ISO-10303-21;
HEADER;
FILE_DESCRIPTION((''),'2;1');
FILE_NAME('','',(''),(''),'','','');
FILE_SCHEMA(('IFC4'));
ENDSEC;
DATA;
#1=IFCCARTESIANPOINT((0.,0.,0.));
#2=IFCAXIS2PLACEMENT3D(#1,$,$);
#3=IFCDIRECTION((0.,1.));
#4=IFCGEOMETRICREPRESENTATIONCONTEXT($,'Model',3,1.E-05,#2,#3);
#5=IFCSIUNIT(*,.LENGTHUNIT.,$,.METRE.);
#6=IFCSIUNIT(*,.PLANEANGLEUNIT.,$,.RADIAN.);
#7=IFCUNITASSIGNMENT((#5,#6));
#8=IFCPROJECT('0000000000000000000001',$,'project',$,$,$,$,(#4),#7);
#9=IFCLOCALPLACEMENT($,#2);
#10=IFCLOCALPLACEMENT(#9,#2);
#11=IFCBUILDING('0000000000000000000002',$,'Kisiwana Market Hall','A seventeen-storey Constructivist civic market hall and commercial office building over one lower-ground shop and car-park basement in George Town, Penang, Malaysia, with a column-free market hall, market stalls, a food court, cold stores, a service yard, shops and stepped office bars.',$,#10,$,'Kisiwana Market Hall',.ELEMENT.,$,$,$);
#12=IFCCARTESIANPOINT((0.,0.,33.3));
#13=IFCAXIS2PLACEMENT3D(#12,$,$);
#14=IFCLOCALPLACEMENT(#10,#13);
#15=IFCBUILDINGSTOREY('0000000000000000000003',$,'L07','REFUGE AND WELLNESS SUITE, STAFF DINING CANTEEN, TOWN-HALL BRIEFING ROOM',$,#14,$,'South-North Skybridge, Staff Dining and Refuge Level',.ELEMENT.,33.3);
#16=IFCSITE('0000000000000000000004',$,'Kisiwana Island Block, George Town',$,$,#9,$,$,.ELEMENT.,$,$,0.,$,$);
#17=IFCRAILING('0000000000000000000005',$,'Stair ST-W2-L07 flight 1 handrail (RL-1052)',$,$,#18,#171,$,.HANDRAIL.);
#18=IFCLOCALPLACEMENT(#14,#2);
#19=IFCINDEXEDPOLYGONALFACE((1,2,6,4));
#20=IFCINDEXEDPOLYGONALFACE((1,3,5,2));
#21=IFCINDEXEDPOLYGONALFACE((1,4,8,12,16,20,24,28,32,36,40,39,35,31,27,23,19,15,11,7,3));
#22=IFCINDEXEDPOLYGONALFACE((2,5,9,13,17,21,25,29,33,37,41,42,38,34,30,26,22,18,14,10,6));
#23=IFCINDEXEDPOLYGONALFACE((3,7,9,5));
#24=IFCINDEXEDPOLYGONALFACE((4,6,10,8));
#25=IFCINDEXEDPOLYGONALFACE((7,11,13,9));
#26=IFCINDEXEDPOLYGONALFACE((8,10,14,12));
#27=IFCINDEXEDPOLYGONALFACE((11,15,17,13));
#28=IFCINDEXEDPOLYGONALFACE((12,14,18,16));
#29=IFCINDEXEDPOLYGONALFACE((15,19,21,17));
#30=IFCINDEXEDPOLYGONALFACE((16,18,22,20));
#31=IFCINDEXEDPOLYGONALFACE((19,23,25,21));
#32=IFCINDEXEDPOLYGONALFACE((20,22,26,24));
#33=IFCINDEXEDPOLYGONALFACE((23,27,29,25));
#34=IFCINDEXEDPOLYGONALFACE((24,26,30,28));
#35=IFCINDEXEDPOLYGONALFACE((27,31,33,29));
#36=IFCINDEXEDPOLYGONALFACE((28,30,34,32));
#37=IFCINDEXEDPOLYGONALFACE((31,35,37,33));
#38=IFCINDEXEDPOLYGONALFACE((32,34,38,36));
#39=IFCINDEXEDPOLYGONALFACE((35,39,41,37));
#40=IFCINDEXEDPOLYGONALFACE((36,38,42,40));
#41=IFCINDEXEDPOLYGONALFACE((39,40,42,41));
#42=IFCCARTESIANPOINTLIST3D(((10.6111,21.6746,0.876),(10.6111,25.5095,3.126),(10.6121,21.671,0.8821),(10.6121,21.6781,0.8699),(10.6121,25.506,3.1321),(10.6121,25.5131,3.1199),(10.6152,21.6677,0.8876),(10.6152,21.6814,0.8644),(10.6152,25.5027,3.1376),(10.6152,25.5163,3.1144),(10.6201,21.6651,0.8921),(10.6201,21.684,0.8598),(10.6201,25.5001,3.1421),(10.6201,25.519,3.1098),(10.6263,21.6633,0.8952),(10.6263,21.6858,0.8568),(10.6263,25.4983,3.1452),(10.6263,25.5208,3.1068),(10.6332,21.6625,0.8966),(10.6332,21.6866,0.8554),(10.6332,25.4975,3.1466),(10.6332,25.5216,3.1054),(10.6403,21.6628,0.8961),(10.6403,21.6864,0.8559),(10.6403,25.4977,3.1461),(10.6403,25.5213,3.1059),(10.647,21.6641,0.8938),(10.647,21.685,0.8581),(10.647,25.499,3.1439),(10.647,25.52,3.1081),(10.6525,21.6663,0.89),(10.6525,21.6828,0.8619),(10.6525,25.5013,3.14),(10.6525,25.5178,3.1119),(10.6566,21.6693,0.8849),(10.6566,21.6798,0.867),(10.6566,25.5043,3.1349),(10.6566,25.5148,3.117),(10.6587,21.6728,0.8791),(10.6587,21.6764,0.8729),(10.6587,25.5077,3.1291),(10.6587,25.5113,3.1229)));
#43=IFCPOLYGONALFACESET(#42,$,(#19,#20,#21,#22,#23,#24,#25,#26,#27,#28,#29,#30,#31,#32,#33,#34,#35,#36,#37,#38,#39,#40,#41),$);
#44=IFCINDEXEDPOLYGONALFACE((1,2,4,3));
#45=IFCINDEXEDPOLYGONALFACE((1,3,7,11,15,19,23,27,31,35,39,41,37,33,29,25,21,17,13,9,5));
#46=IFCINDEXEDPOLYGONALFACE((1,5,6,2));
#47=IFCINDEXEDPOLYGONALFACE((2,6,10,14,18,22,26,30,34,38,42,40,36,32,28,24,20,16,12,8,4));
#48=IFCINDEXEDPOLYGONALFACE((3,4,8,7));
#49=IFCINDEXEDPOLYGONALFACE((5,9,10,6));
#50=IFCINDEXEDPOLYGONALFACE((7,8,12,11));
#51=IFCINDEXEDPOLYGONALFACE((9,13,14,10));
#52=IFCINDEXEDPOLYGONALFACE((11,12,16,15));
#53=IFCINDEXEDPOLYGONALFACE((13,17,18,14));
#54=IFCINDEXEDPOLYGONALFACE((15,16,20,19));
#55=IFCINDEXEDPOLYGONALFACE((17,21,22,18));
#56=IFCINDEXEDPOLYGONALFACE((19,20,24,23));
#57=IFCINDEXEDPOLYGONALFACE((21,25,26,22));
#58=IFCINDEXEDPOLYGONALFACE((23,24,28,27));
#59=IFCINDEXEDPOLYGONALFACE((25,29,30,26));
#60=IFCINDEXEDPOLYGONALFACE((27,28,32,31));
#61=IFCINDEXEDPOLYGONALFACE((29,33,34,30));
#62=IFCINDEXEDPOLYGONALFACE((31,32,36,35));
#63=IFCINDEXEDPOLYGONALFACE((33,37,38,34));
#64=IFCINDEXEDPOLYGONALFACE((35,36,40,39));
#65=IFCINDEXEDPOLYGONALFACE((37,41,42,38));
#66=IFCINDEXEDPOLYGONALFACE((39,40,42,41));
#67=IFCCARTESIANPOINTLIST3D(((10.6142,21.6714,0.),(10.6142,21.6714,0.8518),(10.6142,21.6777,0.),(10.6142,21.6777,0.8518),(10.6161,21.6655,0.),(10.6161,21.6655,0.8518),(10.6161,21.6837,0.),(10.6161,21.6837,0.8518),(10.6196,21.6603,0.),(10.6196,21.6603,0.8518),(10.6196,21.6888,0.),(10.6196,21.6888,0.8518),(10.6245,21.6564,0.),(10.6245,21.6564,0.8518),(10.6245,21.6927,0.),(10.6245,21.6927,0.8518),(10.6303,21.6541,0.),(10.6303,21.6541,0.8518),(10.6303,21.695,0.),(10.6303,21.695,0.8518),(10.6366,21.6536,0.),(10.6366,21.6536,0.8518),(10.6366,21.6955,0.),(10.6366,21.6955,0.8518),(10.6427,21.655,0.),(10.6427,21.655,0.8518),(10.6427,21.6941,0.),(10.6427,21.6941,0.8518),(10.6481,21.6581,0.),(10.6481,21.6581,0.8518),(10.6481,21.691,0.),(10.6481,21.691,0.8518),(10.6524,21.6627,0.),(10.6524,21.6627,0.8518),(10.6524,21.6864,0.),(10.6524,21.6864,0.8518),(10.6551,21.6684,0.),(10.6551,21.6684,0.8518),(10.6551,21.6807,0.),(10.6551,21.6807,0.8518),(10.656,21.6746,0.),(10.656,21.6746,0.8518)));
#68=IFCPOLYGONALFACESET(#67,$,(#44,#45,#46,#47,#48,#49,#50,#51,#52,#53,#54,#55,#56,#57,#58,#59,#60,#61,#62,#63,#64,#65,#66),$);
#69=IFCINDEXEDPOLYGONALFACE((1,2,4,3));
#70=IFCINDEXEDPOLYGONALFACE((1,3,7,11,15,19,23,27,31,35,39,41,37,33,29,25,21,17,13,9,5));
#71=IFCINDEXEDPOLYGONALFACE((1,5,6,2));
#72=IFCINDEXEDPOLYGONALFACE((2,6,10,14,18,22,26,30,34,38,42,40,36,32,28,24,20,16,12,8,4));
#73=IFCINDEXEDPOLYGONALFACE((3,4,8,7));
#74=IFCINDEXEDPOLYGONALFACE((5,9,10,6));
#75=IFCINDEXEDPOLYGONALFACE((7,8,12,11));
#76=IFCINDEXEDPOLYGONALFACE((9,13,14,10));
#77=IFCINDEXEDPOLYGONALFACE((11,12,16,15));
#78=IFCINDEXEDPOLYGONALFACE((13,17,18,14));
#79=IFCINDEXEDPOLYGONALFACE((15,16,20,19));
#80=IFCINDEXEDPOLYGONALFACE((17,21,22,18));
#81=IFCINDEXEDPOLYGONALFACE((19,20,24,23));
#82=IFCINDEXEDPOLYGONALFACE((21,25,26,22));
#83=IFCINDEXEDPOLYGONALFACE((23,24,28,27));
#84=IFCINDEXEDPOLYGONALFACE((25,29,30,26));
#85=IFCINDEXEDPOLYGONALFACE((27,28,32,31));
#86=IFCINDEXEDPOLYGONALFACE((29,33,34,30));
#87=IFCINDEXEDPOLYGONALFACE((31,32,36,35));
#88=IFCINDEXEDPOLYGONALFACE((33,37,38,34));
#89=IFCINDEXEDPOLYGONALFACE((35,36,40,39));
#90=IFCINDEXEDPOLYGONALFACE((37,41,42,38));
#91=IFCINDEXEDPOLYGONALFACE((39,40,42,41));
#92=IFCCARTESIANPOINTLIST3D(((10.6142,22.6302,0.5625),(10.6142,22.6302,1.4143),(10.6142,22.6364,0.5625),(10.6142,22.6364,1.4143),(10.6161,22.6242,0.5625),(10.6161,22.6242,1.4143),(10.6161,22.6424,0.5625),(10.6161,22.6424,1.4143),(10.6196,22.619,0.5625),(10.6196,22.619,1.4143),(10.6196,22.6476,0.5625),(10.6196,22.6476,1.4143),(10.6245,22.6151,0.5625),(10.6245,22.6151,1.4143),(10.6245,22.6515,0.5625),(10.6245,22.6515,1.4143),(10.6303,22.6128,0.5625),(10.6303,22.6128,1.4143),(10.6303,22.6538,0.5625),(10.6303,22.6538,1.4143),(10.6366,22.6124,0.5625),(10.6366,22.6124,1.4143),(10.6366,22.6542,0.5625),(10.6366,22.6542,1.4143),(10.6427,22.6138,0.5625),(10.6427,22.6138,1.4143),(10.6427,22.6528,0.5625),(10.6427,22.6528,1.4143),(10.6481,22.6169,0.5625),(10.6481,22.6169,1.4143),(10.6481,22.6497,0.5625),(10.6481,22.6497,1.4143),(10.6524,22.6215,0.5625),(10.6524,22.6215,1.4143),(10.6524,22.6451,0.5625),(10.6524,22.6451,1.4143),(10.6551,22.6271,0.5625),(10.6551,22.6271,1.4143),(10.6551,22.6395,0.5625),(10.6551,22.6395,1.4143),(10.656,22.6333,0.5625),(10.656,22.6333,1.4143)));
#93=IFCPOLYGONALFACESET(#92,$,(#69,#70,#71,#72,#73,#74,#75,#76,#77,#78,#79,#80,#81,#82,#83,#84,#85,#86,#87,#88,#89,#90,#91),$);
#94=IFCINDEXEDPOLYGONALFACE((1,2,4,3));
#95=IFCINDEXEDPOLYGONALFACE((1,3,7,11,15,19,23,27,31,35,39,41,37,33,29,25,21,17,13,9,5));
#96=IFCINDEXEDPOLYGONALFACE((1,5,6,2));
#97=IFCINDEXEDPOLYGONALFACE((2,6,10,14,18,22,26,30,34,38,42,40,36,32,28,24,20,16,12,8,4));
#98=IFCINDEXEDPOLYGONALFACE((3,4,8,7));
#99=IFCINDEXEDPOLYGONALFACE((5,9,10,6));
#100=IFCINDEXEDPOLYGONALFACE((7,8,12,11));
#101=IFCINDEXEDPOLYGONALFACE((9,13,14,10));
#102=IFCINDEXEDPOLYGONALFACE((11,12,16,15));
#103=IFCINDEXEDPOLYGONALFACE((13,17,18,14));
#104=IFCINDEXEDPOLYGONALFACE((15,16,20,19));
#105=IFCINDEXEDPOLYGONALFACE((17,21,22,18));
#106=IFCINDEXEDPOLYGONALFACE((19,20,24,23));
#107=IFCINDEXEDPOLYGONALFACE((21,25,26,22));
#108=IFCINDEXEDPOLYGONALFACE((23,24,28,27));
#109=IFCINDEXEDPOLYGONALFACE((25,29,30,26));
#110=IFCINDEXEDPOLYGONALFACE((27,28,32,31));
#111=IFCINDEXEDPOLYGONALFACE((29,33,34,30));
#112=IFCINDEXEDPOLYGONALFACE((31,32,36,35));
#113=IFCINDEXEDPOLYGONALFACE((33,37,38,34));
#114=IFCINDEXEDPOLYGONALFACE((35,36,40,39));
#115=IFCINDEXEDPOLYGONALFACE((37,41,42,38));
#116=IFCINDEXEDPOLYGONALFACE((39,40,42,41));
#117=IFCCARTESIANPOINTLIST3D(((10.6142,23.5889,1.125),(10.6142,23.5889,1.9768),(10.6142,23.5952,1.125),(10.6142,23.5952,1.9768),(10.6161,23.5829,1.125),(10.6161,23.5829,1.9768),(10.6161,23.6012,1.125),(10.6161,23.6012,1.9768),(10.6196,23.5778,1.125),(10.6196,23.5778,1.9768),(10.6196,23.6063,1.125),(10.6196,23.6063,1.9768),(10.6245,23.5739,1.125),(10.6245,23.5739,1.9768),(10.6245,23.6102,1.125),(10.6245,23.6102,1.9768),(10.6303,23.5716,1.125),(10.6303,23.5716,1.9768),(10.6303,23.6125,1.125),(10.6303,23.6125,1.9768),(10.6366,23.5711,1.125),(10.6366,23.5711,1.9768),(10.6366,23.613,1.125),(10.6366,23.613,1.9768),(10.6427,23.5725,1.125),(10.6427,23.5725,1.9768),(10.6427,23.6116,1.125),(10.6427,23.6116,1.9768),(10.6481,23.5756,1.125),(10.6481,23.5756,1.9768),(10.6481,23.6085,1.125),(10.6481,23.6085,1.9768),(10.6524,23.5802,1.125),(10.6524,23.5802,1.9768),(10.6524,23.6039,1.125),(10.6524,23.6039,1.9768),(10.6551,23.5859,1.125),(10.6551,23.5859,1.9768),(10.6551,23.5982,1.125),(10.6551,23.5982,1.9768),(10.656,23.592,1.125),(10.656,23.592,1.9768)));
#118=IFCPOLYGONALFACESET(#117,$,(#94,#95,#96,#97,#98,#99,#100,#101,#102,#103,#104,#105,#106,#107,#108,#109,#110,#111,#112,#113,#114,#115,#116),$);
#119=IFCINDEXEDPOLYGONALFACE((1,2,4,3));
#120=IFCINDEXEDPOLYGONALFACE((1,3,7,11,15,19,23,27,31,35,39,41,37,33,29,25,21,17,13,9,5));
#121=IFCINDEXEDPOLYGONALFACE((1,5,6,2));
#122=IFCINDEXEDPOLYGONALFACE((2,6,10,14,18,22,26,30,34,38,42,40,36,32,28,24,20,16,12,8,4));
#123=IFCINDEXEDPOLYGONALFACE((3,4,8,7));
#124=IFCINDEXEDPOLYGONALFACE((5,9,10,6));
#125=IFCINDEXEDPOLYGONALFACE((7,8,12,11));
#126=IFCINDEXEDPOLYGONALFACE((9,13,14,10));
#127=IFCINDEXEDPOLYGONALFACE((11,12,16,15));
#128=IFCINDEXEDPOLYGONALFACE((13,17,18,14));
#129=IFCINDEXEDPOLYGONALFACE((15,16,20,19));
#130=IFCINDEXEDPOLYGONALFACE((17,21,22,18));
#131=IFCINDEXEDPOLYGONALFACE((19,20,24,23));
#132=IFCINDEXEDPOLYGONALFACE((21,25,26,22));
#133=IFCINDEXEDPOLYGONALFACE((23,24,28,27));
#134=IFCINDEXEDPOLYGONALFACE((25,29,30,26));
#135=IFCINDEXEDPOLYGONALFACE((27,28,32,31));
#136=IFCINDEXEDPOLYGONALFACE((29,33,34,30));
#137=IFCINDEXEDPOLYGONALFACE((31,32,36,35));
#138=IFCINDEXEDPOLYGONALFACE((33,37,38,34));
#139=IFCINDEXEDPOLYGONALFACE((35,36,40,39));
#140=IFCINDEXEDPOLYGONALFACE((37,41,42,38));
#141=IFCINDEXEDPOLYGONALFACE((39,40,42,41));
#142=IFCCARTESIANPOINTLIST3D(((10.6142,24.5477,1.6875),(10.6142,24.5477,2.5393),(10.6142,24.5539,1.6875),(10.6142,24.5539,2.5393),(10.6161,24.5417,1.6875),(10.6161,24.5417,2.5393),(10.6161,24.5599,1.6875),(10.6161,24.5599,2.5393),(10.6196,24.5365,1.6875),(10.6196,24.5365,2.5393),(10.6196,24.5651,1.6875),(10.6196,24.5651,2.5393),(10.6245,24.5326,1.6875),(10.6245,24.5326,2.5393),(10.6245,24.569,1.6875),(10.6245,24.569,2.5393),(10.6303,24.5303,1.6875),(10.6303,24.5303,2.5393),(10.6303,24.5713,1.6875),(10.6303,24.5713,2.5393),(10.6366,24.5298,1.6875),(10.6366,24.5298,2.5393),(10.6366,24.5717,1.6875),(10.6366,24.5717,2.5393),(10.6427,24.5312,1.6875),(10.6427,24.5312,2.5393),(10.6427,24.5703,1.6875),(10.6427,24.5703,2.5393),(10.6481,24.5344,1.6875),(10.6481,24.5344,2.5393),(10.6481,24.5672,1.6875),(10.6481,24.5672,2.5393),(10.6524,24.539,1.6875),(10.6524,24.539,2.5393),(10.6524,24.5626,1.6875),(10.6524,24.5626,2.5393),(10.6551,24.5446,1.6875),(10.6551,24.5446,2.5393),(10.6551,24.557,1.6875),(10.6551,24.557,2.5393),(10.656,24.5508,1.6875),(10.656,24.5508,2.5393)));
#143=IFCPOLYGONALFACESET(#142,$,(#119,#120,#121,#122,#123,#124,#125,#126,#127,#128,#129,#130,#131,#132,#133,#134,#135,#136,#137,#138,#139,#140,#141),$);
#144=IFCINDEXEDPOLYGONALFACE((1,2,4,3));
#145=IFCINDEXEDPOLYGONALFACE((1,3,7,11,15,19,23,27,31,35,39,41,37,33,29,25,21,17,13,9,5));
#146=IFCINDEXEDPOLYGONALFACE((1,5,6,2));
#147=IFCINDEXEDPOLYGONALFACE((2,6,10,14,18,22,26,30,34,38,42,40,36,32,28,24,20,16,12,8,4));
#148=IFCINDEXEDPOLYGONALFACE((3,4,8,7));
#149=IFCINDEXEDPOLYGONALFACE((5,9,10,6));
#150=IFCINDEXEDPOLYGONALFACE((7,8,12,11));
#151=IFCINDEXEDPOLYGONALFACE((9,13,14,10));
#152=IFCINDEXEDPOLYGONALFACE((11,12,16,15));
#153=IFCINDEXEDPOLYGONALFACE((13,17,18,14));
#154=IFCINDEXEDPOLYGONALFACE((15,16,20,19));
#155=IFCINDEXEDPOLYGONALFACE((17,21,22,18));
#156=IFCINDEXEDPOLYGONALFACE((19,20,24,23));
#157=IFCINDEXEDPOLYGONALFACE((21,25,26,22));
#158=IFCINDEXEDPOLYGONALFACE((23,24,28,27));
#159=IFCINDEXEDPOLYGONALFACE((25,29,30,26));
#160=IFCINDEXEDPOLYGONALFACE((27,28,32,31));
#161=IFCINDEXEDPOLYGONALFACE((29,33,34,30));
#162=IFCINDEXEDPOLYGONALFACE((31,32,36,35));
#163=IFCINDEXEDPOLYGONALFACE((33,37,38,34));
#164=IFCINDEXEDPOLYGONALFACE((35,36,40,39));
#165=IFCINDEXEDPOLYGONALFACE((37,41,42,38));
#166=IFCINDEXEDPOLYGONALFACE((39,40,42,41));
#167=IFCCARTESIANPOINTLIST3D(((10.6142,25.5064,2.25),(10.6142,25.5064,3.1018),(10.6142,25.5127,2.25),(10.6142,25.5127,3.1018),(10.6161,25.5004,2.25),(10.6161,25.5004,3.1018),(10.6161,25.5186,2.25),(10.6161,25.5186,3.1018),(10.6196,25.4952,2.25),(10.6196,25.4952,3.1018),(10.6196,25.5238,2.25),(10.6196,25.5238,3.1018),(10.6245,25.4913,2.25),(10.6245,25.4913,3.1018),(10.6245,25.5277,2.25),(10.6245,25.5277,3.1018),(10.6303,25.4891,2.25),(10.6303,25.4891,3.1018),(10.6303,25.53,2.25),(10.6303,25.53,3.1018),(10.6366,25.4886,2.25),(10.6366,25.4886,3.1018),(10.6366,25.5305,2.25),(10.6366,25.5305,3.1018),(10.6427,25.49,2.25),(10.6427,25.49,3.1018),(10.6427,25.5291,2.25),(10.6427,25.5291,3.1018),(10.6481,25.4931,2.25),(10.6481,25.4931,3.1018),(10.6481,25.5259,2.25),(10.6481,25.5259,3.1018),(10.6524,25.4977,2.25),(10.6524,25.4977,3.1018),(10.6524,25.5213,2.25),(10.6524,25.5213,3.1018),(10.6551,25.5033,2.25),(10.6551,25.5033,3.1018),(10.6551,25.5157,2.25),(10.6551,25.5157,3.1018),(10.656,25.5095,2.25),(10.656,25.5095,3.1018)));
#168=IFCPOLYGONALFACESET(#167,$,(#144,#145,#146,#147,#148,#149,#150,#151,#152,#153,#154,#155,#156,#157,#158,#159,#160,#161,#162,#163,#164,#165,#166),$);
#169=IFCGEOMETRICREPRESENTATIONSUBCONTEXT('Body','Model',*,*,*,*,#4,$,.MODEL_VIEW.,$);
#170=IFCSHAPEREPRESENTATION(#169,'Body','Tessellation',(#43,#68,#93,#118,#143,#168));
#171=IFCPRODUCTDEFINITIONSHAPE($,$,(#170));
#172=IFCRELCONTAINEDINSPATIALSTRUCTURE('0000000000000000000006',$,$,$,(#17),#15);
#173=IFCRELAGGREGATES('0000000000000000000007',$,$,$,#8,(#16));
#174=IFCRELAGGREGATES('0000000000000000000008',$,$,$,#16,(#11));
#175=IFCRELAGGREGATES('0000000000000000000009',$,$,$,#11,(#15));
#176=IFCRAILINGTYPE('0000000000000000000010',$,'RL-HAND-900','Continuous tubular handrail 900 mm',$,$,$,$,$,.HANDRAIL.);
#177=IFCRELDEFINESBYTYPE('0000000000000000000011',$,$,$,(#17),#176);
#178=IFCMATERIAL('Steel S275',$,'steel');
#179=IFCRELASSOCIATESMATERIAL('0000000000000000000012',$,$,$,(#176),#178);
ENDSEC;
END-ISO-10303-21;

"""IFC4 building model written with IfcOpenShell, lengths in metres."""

from ifc_helpers import new_model, si_unit, direction, frame, origin, origin_2d, place, context, subcontext, project, spatial, circle, extrude, material, type_object, element, save


model = new_model("IFC4")

# Units and contexts
model_context = context("Model", 3, precision=1e-05, world=origin(), true_north=direction((0.0, 1.0)))
body_context = subcontext(model_context, "Body", "Model", "MODEL_VIEW")
ifc_project = project(units=[si_unit("LENGTHUNIT", "METRE"), si_unit("PLANEANGLEUNIT", "RADIAN")], contexts=[model_context])

# Site, building, storey
site_placement = place(None, origin())
site = spatial("IfcSite", under=ifc_project, at=site_placement, Name="Kisiwana Island Block, George Town", CompositionType="ELEMENT", RefElevation=0.0)
building_placement = place(site_placement, origin())
building = spatial("IfcBuilding", under=site, at=building_placement, Name="Kisiwana Market Hall", Description="A seventeen-storey Constructivist civic market hall and commercial office building over one lower-ground shop and car-park basement in George Town, Penang, Malaysia, with a column-free market hall, market stalls, a food court, cold stores, a service yard, shops and stepped office bars.", LongName="Kisiwana Market Hall", CompositionType="ELEMENT")
storey_placement = place(building_placement, frame((0.0, 0.0, 33.3)))
storey = spatial("IfcBuildingStorey", under=building, at=storey_placement, Name="L07", Description="REFUGE AND WELLNESS SUITE, STAFF DINING CANTEEN, TOWN-HALL BRIEFING ROOM", LongName="South-North Skybridge, Staff Dining and Refuge Level", CompositionType="ELEMENT", Elevation=33.3)

# Railing
ifc_material_1 = material(Name="Steel S275", Category="steel")
railing_type_1 = type_object("IfcRailingType", Name="RL-HAND-900", Description="Continuous tubular handrail 900 mm", PredefinedType="HANDRAIL", material=ifc_material_1)
railing_1_placement = place(storey_placement, frame((10.635, 21.6746, 0.0)))
element("IfcRailing", 1, at=railing_1_placement, inside=storey, type_object=railing_type_1, Name="Stair ST-W2-L07 flight 1 handrail (RL-1052)", PredefinedType="HANDRAIL", context=body_context, shape_type="SweptSolid", body=[
    extrude(circle(Radius=0.0239, at=origin_2d()), frame((0.0, 0.0, 0.876), z_axis=(0.0, 0.86251, 0.506041), x_axis=(-1.0, 0.0, 0.0)), (0.0, 0.0, 1.0), 4.4463),
    extrude(circle(Radius=0.021, at=origin_2d()), origin(), (0.0, 0.0, 1.0), 0.8518),
    extrude(circle(Radius=0.021, at=origin_2d()), frame((0.0, 0.9587, 0.5625)), (0.0, 0.0, 1.0), 0.8518),
    extrude(circle(Radius=0.021, at=origin_2d()), frame((0.0, 1.9175, 1.125)), (0.0, 0.0, 1.0), 0.8518),
    extrude(circle(Radius=0.021, at=origin_2d()), frame((0.0, 2.8762, 1.6875)), (0.0, 0.0, 1.0), 0.8518),
    extrude(circle(Radius=0.021, at=origin_2d()), frame((0.0, 3.835, 2.25)), (0.0, 0.0, 1.0), 0.8518),
])

save(model, "model.ifc")
